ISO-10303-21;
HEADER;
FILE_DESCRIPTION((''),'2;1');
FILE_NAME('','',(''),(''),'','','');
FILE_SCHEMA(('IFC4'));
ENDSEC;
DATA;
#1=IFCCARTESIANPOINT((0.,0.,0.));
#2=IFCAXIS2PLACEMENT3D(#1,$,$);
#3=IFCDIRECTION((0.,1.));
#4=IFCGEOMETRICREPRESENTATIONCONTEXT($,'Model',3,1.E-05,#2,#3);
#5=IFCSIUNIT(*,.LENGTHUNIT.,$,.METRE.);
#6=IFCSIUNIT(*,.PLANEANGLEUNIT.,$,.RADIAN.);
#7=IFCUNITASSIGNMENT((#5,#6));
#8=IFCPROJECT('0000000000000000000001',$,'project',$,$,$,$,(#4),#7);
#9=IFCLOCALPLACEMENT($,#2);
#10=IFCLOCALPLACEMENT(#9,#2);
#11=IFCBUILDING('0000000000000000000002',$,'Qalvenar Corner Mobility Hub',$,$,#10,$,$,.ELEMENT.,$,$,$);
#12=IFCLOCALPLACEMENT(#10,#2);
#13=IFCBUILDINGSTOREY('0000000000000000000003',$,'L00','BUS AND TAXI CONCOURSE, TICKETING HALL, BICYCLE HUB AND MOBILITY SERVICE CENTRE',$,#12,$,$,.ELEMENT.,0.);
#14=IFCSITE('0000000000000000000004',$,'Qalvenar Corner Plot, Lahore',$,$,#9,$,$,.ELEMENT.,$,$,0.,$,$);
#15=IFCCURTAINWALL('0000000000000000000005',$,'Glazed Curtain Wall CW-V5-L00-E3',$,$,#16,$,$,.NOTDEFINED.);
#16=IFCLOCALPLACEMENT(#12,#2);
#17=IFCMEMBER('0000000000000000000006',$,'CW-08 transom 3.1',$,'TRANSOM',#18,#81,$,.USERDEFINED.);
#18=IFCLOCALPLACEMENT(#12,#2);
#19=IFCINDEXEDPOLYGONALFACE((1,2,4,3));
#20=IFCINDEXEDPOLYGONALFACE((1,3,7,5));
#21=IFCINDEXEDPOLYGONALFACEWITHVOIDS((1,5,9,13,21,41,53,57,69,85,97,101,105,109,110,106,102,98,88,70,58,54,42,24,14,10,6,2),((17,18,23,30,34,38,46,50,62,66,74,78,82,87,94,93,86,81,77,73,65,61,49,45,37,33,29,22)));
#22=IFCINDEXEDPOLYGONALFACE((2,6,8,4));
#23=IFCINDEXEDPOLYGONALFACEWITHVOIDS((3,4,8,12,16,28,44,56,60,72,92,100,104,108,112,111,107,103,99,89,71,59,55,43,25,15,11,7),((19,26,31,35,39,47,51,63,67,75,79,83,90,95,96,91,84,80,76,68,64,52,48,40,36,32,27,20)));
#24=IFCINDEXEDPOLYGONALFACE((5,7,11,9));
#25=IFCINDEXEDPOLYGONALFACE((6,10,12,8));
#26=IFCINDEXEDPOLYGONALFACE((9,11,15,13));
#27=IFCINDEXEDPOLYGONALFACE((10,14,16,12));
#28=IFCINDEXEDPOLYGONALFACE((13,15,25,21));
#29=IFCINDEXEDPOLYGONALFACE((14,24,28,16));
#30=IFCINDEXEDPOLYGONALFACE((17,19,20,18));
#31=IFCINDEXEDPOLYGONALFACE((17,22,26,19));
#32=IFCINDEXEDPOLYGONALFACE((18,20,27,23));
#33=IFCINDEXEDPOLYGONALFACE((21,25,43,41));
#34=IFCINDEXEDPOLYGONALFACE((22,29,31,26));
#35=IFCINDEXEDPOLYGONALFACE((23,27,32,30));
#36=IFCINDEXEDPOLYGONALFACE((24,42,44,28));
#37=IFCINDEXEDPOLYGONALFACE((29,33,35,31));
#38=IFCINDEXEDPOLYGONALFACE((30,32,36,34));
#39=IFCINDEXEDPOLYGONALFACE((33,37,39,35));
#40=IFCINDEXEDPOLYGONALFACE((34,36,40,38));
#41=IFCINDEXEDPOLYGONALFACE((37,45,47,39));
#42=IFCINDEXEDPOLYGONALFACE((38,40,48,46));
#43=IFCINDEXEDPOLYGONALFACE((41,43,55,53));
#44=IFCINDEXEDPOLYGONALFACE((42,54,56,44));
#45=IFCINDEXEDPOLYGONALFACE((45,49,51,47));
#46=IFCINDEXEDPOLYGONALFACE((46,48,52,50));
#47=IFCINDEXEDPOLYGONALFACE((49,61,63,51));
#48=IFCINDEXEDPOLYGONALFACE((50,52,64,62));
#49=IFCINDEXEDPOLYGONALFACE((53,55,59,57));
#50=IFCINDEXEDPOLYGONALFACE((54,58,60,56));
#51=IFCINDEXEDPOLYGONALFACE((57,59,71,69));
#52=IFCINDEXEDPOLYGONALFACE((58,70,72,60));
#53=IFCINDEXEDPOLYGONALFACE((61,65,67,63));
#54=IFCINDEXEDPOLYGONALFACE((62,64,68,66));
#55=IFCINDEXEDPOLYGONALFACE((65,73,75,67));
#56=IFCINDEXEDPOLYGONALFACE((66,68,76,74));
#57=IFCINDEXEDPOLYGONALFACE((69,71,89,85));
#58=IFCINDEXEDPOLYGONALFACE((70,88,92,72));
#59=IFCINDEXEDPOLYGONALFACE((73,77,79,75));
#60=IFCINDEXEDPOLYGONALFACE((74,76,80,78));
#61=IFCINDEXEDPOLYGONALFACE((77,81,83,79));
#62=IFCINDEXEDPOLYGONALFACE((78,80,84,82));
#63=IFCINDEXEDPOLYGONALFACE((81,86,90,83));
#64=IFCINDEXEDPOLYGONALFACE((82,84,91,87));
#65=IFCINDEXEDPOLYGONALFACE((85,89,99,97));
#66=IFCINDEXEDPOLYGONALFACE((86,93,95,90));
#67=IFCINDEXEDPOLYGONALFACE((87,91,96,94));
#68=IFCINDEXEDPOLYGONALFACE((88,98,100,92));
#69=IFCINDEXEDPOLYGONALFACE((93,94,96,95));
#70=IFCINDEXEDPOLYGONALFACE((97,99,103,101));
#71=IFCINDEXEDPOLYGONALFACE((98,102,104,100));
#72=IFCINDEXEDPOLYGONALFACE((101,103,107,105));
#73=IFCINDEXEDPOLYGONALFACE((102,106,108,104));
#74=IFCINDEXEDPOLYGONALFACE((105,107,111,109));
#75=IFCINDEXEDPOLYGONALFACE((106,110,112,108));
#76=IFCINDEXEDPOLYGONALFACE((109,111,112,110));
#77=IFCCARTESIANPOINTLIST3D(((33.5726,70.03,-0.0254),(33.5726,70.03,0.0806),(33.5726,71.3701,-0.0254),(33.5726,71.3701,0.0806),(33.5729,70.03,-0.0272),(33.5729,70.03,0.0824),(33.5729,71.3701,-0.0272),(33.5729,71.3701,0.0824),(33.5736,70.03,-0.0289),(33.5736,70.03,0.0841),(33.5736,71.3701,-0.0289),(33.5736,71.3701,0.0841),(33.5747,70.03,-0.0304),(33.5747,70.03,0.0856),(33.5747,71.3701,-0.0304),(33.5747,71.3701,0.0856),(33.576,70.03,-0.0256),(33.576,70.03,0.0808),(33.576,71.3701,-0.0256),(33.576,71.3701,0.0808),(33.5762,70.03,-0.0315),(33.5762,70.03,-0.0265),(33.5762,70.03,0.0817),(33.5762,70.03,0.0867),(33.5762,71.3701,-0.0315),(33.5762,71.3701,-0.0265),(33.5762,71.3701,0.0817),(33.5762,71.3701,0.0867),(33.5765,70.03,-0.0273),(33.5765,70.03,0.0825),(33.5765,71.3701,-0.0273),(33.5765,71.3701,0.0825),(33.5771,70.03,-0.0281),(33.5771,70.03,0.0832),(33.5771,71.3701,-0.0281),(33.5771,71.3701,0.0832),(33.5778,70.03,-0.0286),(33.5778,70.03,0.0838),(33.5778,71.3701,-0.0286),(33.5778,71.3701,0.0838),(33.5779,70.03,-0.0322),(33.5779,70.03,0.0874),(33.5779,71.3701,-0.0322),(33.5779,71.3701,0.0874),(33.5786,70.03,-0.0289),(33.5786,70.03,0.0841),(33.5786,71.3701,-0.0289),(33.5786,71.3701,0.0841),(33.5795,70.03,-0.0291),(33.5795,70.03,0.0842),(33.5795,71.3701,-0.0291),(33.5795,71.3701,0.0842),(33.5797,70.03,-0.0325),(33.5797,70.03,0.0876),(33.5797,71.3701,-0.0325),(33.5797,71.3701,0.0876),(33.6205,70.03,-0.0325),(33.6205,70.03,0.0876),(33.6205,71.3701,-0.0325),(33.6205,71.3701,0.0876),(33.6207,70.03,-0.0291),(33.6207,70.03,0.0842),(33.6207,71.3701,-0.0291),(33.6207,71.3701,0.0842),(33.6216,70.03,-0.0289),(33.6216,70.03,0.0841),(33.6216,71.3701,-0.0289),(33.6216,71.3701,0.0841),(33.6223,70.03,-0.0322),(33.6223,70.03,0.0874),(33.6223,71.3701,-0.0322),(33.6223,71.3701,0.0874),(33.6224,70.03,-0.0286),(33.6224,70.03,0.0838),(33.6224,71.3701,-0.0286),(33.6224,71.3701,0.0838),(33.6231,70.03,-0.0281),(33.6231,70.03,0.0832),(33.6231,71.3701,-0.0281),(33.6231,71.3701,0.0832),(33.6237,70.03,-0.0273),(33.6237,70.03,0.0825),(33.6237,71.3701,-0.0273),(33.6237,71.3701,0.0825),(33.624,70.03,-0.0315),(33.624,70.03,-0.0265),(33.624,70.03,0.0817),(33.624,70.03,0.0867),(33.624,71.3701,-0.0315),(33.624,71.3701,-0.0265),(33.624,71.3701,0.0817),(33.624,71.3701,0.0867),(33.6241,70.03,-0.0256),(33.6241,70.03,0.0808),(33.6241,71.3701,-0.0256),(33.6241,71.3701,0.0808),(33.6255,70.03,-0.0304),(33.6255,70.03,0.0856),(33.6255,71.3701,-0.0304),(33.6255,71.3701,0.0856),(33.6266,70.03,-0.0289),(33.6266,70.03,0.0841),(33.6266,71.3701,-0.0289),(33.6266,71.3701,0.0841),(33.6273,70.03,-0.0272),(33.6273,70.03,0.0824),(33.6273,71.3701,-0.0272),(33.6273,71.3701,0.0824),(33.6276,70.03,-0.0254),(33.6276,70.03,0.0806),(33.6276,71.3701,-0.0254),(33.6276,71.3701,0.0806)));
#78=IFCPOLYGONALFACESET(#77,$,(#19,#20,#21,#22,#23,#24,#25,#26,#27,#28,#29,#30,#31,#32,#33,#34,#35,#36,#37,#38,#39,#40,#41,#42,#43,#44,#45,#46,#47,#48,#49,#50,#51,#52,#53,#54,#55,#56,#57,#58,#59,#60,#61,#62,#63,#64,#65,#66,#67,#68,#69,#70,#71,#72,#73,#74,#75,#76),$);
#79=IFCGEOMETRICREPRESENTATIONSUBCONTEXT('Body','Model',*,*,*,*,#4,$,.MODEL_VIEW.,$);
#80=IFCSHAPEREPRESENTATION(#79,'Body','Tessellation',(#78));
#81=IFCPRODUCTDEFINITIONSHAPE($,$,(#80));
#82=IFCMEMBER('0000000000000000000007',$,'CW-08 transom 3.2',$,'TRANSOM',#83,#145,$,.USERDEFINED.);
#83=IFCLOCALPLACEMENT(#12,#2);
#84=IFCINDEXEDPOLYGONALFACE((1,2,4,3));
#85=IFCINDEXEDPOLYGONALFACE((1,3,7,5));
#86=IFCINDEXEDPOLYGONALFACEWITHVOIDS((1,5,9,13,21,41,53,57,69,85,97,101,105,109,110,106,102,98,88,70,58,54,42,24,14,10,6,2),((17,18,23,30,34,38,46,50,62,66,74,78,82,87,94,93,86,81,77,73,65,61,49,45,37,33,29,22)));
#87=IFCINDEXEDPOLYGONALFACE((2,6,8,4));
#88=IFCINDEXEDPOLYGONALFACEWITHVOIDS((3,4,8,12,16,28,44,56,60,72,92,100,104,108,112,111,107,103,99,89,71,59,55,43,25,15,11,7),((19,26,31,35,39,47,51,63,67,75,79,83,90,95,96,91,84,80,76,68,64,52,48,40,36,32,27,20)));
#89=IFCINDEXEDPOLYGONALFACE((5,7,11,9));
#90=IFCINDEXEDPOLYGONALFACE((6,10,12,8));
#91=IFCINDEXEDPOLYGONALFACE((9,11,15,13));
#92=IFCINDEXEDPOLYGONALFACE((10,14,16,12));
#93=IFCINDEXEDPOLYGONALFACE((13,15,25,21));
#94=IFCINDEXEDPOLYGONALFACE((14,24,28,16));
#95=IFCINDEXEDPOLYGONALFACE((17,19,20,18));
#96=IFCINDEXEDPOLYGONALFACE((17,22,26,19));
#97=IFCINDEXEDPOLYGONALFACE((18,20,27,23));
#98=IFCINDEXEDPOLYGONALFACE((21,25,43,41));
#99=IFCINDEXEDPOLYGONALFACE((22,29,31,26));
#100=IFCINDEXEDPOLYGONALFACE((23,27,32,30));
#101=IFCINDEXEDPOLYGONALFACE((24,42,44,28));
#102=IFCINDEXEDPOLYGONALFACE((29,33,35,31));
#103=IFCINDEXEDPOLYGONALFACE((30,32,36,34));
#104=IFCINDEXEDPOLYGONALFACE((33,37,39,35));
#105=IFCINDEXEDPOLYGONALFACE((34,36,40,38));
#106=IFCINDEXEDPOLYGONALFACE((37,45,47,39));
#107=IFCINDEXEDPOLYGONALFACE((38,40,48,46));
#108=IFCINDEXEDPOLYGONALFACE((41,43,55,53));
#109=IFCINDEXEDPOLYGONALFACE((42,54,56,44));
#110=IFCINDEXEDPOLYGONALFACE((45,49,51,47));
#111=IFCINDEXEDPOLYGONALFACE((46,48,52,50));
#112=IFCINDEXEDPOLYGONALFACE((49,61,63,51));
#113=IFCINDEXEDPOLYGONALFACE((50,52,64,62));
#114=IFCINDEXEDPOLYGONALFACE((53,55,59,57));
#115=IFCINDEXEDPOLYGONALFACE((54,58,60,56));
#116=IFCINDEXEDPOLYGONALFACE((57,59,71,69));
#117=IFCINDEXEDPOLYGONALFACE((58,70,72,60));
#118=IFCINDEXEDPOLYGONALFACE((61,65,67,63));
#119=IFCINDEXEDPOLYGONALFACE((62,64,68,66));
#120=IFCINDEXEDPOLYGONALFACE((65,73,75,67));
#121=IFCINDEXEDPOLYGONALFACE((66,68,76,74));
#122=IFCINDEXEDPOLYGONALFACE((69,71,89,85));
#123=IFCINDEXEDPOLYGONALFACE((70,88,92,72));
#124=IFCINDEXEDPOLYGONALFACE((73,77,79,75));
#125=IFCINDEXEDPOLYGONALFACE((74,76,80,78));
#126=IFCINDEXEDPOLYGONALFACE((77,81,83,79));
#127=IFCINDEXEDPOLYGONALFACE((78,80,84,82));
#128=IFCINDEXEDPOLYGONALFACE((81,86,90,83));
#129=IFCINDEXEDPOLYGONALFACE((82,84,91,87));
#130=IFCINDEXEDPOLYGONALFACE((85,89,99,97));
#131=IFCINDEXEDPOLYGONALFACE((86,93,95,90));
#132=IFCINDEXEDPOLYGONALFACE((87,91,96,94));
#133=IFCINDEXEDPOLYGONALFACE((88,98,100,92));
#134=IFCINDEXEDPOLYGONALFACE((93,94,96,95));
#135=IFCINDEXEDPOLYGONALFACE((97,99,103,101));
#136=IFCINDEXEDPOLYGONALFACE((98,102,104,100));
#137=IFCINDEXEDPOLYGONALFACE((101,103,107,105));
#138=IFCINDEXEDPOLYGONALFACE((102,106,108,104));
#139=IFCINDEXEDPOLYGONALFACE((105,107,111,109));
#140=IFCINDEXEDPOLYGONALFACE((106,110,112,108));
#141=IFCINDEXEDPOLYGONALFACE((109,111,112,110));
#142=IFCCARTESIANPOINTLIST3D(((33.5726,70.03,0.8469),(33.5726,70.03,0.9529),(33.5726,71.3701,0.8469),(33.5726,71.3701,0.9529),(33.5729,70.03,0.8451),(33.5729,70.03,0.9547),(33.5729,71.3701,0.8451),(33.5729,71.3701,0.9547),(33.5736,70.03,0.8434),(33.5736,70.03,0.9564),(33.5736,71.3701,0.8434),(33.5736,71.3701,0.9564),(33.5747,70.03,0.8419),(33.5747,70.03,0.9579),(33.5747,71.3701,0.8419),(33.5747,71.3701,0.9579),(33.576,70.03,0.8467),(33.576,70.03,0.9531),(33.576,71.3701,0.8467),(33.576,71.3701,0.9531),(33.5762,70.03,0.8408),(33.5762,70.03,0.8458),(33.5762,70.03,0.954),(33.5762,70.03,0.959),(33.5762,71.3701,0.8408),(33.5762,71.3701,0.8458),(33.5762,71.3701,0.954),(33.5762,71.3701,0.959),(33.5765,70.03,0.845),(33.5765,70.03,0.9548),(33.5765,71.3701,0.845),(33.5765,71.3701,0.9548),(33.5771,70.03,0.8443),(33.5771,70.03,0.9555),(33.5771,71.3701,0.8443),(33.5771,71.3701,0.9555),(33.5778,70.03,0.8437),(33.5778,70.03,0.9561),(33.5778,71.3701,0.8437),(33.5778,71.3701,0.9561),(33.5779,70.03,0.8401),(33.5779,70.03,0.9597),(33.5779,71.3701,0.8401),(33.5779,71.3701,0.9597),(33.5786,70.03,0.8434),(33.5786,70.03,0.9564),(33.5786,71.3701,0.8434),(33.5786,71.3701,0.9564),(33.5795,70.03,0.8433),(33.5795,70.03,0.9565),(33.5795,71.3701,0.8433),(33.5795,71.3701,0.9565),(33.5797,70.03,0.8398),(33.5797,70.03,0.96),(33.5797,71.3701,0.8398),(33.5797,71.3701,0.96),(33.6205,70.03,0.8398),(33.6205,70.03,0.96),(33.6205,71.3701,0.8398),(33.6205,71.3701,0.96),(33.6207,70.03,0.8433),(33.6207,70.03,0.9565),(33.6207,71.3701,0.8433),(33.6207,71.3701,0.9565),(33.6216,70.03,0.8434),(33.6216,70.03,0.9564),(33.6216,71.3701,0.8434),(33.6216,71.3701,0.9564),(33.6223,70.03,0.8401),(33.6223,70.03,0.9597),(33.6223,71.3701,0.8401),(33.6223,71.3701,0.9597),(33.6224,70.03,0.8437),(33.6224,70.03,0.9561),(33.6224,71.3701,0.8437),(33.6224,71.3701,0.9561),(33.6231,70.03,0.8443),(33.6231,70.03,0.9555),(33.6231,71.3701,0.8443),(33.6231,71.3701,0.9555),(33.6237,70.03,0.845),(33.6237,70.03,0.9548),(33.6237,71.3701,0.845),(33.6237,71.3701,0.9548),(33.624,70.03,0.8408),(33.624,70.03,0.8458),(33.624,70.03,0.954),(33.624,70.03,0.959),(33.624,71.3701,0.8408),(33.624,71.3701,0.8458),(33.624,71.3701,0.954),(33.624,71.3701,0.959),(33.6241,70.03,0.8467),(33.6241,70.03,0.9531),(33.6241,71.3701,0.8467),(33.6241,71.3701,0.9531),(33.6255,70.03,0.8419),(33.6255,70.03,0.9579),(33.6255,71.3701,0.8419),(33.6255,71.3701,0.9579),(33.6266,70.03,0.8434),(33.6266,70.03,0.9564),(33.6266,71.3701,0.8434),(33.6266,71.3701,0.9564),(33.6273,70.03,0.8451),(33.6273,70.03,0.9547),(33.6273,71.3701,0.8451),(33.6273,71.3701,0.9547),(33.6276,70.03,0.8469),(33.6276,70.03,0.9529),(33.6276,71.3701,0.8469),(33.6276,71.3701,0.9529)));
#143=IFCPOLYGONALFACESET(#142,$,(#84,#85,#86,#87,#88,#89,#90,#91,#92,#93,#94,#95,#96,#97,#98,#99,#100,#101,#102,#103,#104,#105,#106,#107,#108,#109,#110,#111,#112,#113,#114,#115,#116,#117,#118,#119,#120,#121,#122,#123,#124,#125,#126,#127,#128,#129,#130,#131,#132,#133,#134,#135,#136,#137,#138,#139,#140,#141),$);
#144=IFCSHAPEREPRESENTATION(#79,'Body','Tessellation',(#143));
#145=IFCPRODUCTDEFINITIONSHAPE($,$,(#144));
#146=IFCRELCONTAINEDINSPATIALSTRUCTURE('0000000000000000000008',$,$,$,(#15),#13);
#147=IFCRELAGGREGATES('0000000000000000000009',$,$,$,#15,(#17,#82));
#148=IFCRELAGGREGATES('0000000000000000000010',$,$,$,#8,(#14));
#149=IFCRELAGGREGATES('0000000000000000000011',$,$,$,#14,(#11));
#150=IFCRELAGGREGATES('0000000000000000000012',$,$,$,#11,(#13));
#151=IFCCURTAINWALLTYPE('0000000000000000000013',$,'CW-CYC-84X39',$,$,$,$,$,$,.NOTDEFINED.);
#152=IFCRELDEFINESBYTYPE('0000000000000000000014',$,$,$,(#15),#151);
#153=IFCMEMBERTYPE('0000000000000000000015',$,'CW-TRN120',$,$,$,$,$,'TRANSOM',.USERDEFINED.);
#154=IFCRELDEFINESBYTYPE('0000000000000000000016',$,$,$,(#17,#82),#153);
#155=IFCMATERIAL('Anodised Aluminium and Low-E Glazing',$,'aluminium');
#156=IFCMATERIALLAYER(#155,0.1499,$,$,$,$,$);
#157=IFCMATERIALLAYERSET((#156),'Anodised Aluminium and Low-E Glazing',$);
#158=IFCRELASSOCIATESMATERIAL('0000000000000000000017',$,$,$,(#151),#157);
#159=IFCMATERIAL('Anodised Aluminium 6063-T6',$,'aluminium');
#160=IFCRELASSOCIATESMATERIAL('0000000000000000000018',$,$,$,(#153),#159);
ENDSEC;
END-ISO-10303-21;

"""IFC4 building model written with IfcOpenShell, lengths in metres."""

from ifc_helpers import new_model, si_unit, direction, frame, origin, origin_2d, place, context, subcontext, project, spatial, hollow_rectangle, extrude, material, layer, layer_set, material_profile, profile_set, type_object, element, aggregate, save


model = new_model("IFC4")

# Units and contexts
model_context = context("Model", 3, precision=1e-05, world=origin(), true_north=direction((0.0, 1.0)))
body_context = subcontext(model_context, "Body", "Model", "MODEL_VIEW")
ifc_project = project(units=[si_unit("LENGTHUNIT", "METRE"), si_unit("PLANEANGLEUNIT", "RADIAN")], contexts=[model_context])

# Site, building, storey
site_placement = place(None, origin())
site = spatial("IfcSite", under=ifc_project, at=site_placement, Name="Qalvenar Corner Plot, Lahore", CompositionType="ELEMENT", RefElevation=0.0)
building_placement = place(site_placement, origin())
building = spatial("IfcBuilding", under=site, at=building_placement, Name="Qalvenar Corner Mobility Hub", CompositionType="ELEMENT")
storey_placement = place(building_placement, origin())
storey = spatial("IfcBuildingStorey", under=building, at=storey_placement, Name="L00", Description="BUS AND TAXI CONCOURSE, TICKETING HALL, BICYCLE HUB AND MOBILITY SERVICE CENTRE", CompositionType="ELEMENT", Elevation=0.0)

# Curtain wall, members
ifc_material_1 = material(Name="Anodised Aluminium and Low-E Glazing", Category="aluminium")
ifc_layer_1 = layer(ifc_material_1, 0.1499)
ifc_layer_set_1 = layer_set([ifc_layer_1], Name="Anodised Aluminium and Low-E Glazing")
curtain_wall_type = type_object("IfcCurtainWallType", Name="CW-CYC-84X39", PredefinedType="NOTDEFINED", material=ifc_layer_set_1)
curtain_wall_placement = place(storey_placement, origin())
curtain_wall = element("IfcCurtainWall", 1, at=curtain_wall_placement, inside=storey, type_object=curtain_wall_type, Name="Glazed Curtain Wall CW-V5-L00-E3", PredefinedType="NOTDEFINED")
ifc_material_2 = material(Name="Anodised Aluminium 6063-T6", Category="aluminium")
ifc_material_profile_1 = material_profile(ifc_material_2, hollow_rectangle(XDim=0.0549, YDim=0.1201, WallThickness=0.0034, InnerFilletRadius=0.0034, OuterFilletRadius=0.0071, at=origin_2d()), Name="RHS120x55x3.5")
ifc_profile_set_1 = profile_set([ifc_material_profile_1], Name="Anodised Aluminium 6063-T6")
member_type_1 = type_object("IfcMemberType", Name="CW-TRN120", ElementType="TRANSOM", PredefinedType="USERDEFINED", material=ifc_profile_set_1)
member_1_placement = place(storey_placement, frame((33.6001, 70.03, 0.0276), z_axis=(0.0, 1.0, 0.0), x_axis=(-1.0, 0.0, 0.0)))
member_1 = element("IfcMember", 2, at=member_1_placement, type_object=member_type_1, Name="CW-08 transom 3.1", ObjectType="TRANSOM", PredefinedType="USERDEFINED", context=body_context, shape_type="SweptSolid", body=[
    extrude(hollow_rectangle(XDim=0.0549, YDim=0.1201, WallThickness=0.0034, InnerFilletRadius=0.0034, OuterFilletRadius=0.0071, at=origin_2d()), origin(), (0.0, 0.0, 1.0), 1.3401),
])
member_2_placement = place(storey_placement, frame((33.6001, 70.03, 0.8999), z_axis=(0.0, 1.0, 0.0), x_axis=(-1.0, 0.0, 0.0)))
member_2 = element("IfcMember", 3, at=member_2_placement, type_object=member_type_1, Name="CW-08 transom 3.2", ObjectType="TRANSOM", PredefinedType="USERDEFINED", context=body_context, shape_type="SweptSolid", body=[
    extrude(hollow_rectangle(XDim=0.0549, YDim=0.1201, WallThickness=0.0034, InnerFilletRadius=0.0034, OuterFilletRadius=0.0071, at=origin_2d()), origin(), (0.0, 0.0, 1.0), 1.3401),
])
aggregate(curtain_wall, [member_1, member_2])

save(model, "model.ifc")
